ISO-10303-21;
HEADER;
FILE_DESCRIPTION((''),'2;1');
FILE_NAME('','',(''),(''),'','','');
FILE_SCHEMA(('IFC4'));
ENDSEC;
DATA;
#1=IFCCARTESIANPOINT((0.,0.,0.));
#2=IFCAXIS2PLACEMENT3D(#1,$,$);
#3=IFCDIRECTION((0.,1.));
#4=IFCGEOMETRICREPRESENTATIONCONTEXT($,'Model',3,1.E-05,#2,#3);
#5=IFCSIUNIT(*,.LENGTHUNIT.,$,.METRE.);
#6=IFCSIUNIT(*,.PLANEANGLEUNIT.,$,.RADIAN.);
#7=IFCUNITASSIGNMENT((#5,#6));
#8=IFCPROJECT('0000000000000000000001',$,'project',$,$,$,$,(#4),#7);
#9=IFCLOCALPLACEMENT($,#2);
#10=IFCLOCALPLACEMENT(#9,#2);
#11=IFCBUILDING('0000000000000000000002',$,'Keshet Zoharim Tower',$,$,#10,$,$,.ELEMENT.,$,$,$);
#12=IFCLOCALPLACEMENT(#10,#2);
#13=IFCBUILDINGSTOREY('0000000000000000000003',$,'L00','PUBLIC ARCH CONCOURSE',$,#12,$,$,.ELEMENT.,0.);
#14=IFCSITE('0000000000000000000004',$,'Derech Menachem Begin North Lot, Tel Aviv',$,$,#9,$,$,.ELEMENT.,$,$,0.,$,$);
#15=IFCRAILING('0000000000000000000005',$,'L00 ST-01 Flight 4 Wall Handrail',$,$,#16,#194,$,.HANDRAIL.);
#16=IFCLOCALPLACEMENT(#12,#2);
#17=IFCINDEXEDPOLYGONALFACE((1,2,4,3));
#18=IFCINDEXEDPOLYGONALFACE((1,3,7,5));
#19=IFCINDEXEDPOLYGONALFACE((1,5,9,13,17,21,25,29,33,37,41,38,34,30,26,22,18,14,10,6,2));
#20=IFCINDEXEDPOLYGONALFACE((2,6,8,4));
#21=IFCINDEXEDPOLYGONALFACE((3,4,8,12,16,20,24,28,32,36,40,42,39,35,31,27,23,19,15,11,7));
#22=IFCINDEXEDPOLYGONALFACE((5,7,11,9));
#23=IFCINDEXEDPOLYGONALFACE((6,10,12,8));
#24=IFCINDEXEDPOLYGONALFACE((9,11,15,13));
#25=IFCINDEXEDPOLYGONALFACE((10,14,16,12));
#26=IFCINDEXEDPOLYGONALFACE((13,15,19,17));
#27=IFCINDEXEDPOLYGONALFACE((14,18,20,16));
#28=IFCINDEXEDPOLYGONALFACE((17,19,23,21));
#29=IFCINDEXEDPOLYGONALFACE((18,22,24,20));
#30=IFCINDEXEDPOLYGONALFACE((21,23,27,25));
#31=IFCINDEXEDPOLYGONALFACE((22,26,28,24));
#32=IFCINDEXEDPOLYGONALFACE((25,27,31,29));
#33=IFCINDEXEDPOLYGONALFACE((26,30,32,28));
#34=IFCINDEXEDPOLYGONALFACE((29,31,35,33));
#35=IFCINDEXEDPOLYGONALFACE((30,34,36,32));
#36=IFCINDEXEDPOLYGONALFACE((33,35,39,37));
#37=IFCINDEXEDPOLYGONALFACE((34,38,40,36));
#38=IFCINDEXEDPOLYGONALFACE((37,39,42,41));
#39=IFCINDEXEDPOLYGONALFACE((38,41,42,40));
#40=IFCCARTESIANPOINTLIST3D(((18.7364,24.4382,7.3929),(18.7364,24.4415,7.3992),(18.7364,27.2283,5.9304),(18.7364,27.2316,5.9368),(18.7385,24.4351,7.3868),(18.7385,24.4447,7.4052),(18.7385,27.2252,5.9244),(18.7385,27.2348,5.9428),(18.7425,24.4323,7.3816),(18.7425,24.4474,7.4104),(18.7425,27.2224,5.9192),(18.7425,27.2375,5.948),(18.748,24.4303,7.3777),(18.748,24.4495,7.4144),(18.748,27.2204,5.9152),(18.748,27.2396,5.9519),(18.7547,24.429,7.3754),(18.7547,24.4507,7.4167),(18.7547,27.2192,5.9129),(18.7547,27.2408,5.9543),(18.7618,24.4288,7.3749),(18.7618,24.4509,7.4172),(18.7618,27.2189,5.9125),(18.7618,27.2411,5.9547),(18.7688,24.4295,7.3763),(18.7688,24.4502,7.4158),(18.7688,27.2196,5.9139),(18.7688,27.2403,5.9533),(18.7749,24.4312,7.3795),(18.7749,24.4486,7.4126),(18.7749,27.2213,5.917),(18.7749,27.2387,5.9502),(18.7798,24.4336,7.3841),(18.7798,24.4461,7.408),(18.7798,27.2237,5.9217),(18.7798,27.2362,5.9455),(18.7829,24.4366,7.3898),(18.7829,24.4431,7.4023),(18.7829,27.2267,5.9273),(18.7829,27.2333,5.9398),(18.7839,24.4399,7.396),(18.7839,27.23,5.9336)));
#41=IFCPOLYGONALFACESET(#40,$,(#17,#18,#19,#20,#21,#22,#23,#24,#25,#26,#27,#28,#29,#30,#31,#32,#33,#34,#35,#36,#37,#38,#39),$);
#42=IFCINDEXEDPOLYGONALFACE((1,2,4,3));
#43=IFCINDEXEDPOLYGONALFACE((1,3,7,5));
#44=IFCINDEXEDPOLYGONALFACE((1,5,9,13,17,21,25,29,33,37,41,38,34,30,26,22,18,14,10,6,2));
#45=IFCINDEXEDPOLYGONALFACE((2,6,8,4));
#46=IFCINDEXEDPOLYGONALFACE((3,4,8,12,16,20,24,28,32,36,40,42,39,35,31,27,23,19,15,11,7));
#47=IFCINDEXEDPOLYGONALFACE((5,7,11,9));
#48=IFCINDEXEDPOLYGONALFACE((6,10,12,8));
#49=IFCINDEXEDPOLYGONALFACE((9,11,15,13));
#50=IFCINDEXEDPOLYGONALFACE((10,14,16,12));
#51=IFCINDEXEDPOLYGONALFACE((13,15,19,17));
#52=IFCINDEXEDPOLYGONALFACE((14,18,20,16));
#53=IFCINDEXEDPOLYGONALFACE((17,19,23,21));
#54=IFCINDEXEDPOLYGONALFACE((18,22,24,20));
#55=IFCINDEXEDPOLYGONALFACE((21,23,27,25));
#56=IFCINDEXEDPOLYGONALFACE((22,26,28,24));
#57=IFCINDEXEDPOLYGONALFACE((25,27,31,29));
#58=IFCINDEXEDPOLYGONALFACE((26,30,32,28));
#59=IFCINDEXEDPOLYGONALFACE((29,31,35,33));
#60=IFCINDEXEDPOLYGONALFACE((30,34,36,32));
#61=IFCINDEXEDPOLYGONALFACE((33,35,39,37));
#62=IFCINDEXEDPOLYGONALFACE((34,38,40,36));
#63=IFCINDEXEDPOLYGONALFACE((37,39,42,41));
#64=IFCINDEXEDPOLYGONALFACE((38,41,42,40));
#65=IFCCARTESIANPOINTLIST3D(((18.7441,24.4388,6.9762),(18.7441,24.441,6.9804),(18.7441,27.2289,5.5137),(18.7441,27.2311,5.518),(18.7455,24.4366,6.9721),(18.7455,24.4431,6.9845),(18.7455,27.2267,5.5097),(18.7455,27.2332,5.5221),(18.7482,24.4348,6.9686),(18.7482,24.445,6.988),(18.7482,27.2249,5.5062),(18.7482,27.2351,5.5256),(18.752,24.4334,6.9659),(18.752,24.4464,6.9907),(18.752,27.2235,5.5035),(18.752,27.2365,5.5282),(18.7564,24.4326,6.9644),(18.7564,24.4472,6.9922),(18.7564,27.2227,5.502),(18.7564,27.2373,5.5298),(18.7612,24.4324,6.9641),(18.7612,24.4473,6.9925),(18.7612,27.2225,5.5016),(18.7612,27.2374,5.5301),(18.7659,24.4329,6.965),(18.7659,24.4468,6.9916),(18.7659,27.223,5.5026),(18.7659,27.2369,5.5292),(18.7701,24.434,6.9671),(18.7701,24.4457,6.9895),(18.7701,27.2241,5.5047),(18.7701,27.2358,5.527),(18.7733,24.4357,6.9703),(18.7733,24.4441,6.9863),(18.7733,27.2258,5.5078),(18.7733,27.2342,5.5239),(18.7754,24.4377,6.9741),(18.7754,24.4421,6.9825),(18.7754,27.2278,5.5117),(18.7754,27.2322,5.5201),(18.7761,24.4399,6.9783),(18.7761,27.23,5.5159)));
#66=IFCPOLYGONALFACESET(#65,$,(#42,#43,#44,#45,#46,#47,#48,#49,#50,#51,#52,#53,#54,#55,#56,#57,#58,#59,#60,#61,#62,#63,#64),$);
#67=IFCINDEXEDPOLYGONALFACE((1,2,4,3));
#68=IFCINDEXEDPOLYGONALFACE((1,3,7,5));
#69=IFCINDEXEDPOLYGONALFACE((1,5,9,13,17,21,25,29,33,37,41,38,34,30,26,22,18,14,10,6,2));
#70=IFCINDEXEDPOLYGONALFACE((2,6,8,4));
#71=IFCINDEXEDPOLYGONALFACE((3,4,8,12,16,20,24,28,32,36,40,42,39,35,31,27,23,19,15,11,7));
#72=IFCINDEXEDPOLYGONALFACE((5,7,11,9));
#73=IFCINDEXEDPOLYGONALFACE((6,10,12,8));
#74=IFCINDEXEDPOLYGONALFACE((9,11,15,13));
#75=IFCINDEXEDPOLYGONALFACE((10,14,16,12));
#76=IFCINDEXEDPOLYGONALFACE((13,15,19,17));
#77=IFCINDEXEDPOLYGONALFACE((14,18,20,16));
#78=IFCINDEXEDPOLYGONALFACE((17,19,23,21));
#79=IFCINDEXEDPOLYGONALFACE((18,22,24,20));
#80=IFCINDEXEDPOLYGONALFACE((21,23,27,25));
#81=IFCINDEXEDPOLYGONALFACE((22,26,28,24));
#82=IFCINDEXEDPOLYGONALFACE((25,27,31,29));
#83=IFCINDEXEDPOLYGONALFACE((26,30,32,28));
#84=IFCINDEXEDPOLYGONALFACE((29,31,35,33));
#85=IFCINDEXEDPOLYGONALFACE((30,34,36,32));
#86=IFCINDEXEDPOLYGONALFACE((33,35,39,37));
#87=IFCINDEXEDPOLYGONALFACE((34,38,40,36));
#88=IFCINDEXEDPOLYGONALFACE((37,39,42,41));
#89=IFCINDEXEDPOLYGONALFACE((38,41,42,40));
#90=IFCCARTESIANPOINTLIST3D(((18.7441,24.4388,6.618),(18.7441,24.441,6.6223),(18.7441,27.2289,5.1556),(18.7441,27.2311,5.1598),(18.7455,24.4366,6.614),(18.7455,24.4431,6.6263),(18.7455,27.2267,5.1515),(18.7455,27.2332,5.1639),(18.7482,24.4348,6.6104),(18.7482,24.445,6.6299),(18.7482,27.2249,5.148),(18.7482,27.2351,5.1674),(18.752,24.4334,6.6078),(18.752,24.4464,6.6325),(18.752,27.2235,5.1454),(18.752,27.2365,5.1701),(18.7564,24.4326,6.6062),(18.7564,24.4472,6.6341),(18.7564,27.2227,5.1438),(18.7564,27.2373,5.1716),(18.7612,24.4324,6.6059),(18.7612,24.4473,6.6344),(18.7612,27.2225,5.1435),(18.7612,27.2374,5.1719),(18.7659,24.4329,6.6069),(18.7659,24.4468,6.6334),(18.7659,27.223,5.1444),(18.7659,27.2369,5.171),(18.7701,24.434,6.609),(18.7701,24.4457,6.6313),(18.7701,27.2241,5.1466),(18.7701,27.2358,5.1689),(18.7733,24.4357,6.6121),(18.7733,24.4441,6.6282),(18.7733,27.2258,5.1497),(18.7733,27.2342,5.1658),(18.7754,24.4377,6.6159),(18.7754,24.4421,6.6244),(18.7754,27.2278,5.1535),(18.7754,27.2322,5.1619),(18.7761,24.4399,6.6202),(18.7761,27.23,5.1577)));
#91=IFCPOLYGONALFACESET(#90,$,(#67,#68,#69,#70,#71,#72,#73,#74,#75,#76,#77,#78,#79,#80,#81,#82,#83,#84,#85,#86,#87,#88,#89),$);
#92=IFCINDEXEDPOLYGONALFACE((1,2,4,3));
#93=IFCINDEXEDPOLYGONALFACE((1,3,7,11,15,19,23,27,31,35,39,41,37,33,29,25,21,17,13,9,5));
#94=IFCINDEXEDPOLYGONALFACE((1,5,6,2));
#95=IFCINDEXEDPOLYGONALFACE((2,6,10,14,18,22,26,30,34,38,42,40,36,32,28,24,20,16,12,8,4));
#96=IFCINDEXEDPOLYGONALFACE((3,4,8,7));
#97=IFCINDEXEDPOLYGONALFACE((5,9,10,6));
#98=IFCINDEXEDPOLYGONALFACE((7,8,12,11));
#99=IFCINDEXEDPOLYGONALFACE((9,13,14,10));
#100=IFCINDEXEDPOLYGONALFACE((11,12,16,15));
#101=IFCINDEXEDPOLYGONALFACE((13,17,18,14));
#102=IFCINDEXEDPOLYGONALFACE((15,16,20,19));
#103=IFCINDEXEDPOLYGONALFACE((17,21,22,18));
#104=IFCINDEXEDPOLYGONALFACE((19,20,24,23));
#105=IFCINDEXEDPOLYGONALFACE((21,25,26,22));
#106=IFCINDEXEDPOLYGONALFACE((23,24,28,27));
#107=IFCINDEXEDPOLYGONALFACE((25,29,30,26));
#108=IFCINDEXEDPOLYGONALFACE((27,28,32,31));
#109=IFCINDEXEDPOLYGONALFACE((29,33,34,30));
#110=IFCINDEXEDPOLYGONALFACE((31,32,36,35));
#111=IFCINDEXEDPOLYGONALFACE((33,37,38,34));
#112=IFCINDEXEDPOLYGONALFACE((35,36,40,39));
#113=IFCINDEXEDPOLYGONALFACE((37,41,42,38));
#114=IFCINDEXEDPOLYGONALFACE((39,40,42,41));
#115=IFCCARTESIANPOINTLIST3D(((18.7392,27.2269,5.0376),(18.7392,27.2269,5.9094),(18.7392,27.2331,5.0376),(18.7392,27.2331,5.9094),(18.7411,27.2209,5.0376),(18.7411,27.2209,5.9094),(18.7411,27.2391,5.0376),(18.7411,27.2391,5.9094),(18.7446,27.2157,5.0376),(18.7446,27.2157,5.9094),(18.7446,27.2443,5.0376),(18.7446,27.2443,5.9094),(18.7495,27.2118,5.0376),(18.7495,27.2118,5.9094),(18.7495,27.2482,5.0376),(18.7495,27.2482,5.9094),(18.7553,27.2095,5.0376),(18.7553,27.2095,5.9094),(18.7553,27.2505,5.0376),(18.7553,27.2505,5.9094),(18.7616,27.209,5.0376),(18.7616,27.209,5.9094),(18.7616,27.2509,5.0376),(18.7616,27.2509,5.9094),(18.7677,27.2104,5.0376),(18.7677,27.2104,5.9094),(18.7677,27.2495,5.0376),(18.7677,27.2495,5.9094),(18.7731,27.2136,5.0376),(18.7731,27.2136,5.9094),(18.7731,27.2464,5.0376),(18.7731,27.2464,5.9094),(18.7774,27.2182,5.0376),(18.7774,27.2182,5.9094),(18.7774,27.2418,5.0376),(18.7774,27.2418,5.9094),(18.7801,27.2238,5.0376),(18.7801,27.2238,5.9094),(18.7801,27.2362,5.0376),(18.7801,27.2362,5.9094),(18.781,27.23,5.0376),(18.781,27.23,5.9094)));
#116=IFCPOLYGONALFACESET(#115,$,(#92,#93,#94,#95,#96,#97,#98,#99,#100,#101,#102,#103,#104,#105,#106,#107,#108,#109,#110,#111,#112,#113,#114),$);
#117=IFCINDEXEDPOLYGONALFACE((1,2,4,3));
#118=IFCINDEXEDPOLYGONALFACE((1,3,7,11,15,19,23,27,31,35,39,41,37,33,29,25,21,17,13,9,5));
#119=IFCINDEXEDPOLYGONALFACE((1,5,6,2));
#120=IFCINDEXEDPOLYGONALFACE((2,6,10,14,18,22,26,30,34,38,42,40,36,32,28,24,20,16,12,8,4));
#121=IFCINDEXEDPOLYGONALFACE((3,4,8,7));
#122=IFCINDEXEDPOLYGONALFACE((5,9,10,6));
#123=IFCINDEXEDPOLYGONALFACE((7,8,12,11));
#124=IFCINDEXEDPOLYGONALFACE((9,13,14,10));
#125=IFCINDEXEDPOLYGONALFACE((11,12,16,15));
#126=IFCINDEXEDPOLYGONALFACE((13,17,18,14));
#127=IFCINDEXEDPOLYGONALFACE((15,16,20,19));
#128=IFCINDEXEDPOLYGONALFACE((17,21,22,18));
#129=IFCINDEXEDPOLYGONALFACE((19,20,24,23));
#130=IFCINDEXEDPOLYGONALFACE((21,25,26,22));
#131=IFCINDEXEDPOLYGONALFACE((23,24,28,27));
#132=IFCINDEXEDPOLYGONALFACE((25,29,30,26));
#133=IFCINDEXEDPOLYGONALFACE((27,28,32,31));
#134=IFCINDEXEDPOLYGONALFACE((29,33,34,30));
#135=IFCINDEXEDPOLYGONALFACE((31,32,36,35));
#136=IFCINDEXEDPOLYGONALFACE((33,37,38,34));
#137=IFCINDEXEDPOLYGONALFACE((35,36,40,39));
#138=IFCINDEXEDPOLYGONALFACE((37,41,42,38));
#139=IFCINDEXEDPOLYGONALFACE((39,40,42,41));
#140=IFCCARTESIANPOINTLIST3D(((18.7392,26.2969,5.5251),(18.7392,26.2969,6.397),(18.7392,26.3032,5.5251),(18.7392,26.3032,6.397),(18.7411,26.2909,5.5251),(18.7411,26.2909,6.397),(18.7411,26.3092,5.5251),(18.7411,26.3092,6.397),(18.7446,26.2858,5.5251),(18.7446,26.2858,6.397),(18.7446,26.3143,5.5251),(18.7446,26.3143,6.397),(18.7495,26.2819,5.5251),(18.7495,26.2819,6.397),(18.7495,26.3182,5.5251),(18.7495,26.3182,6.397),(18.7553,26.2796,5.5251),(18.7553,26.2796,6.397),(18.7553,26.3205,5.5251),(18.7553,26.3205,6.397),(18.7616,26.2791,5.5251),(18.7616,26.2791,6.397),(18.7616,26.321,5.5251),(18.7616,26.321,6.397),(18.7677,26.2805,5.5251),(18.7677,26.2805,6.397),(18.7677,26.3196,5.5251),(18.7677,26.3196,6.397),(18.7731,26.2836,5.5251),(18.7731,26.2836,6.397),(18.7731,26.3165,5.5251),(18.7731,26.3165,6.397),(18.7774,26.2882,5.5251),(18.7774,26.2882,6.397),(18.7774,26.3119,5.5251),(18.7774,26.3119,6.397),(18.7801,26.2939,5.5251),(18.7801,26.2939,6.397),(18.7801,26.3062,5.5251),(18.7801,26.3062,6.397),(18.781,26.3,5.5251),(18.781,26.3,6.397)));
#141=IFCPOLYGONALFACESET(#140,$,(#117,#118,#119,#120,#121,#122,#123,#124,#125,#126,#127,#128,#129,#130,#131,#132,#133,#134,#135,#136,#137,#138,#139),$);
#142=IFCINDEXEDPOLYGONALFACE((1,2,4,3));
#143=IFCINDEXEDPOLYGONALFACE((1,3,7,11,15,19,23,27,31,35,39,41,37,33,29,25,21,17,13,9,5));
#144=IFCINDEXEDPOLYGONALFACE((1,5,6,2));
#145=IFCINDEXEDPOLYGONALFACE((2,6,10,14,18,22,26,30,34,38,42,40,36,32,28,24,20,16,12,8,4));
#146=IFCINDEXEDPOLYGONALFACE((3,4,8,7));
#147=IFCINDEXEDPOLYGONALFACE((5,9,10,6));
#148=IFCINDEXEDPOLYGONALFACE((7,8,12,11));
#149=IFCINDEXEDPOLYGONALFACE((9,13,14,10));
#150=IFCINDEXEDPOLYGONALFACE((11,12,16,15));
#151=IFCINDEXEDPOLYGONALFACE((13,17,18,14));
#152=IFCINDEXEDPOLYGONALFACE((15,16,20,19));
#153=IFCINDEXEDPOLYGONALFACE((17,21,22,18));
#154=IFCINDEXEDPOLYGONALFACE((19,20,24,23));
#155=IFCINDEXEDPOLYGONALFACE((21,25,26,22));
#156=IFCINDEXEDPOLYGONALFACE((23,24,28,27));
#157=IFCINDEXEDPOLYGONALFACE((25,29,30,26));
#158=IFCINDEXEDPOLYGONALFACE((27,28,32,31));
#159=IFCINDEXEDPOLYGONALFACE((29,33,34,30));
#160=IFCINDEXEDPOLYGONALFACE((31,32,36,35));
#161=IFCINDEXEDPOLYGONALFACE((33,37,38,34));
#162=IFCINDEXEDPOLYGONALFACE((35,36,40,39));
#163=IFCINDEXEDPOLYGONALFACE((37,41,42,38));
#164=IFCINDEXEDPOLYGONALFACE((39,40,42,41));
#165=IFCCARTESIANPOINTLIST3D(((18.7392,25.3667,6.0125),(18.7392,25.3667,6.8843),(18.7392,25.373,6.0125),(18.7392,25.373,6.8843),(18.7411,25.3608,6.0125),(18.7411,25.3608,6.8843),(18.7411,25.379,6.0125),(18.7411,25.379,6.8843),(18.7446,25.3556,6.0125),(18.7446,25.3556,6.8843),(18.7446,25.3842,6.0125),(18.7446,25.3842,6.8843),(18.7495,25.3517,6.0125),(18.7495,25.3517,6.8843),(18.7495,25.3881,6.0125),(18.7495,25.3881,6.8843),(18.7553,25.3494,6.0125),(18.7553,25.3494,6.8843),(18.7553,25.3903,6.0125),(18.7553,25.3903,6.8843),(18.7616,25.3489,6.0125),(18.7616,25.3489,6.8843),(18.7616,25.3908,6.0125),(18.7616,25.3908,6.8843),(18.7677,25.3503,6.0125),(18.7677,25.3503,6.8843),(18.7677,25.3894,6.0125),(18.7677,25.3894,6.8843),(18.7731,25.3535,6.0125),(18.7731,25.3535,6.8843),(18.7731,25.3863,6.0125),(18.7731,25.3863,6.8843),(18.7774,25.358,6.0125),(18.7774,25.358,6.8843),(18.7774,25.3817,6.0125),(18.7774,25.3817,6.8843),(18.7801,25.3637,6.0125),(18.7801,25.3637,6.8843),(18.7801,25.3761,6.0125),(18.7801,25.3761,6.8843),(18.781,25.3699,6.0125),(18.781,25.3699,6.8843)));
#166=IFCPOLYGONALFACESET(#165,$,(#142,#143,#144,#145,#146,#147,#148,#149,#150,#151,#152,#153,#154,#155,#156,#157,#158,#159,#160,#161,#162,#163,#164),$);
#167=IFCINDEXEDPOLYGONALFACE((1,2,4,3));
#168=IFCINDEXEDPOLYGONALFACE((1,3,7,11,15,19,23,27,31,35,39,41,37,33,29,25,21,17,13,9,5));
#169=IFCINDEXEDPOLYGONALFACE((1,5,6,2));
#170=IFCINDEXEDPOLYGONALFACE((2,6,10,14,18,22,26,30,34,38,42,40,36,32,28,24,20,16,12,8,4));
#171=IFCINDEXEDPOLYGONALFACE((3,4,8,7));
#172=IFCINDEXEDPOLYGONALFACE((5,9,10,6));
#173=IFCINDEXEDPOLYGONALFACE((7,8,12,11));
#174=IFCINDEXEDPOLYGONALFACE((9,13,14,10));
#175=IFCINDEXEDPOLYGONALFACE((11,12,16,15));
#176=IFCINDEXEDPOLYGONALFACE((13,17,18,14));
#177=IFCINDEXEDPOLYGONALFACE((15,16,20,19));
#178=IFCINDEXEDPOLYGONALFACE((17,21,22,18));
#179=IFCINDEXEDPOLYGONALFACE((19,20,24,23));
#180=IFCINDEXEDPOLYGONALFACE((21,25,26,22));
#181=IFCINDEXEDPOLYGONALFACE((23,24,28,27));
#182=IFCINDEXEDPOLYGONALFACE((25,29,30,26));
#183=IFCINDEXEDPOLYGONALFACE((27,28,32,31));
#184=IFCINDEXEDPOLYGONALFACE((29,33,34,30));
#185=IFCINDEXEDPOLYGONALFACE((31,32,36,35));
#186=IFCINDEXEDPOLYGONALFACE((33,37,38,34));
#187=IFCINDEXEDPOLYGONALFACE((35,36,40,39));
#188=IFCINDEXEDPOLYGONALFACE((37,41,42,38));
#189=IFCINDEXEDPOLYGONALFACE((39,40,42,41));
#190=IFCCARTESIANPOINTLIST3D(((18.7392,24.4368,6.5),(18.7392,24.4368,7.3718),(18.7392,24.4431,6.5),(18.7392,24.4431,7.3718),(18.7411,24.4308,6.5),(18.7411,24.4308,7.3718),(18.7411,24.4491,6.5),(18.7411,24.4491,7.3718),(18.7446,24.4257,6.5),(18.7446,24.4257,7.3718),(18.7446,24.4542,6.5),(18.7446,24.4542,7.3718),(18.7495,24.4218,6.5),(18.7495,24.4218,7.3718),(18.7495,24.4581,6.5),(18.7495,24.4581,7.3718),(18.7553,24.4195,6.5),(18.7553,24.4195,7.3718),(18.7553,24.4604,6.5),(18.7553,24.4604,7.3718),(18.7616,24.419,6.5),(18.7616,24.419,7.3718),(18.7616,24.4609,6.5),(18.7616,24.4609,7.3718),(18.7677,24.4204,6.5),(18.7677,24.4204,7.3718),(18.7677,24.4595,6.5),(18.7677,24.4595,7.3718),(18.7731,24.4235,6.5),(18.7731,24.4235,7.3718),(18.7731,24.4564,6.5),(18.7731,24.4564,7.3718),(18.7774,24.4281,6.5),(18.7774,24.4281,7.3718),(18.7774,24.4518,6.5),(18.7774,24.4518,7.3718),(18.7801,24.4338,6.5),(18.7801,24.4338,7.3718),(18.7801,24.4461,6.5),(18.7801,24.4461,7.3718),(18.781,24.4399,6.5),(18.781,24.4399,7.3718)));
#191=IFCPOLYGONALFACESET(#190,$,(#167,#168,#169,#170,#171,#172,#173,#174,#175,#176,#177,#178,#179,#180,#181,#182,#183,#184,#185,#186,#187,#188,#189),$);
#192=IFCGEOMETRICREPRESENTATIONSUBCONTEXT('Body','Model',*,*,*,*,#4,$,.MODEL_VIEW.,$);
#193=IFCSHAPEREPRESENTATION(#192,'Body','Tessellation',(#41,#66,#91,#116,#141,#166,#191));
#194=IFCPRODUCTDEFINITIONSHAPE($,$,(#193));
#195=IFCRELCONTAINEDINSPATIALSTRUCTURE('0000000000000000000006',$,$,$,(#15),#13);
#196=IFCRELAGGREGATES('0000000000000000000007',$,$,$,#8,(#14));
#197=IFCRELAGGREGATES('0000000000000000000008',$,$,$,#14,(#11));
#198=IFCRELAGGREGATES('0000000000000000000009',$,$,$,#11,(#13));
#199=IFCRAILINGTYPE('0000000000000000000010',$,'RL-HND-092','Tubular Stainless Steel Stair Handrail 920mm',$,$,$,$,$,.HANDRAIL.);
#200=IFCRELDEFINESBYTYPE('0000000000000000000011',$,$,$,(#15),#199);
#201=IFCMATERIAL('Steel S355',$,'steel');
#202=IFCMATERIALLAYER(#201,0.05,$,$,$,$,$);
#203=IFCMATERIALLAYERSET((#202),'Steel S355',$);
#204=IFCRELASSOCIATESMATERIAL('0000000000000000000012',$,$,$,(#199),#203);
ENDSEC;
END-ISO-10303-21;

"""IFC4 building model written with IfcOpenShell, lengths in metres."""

from ifc_helpers import new_model, si_unit, direction, frame, origin, origin_2d, place, context, subcontext, project, spatial, circle, extrude, material, layer, layer_set, type_object, element, save


model = new_model("IFC4")

# Units and contexts
model_context = context("Model", 3, precision=1e-05, world=origin(), true_north=direction((0.0, 1.0)))
body_context = subcontext(model_context, "Body", "Model", "MODEL_VIEW")
ifc_project = project(units=[si_unit("LENGTHUNIT", "METRE"), si_unit("PLANEANGLEUNIT", "RADIAN")], contexts=[model_context])

# Site, building, storey
site_placement = place(None, origin())
site = spatial("IfcSite", under=ifc_project, at=site_placement, Name="Derech Menachem Begin North Lot, Tel Aviv", CompositionType="ELEMENT", RefElevation=0.0)
building_placement = place(site_placement, origin())
building = spatial("IfcBuilding", under=site, at=building_placement, Name="Keshet Zoharim Tower", CompositionType="ELEMENT")
storey_placement = place(building_placement, origin())
storey = spatial("IfcBuildingStorey", under=building, at=storey_placement, Name="L00", Description="PUBLIC ARCH CONCOURSE", CompositionType="ELEMENT", Elevation=0.0)

# Shared definitions
ifc_material_1 = material(Name="Steel S355", Category="steel")

# Railing
ifc_layer_1 = layer(ifc_material_1, 0.05)
ifc_layer_set_1 = layer_set([ifc_layer_1], Name="Steel S355")
railing_type_1 = type_object("IfcRailingType", Name="RL-HND-092", Description="Tubular Stainless Steel Stair Handrail 920mm", PredefinedType="HANDRAIL", material=ifc_layer_set_1)
for number, where, name in (
    (1, (18.76, 27.23, 5.0376), "L00 ST-01 Flight 4 Wall Handrail"),
):
    element("IfcRailing", number, at=place(storey_placement, frame(where)), inside=storey, type_object=railing_type_1, Name=name, PredefinedType="HANDRAIL", context=body_context, shape_type="SweptSolid", body=[
        extrude(circle(Radius=0.0239, at=origin_2d()), frame((0.0, 0.0, 0.896), z_axis=(0.0, -0.885707, 0.464244), x_axis=(1.0, 0.0, 0.0)), (0.0, 0.0, 1.0), 3.1501),
        extrude(circle(Radius=0.0161, at=origin_2d()), frame((0.0, 0.0, 0.4783), z_axis=(0.0, -0.885707, 0.464244), x_axis=(1.0, 0.0, 0.0)), (0.0, 0.0, 1.0), 3.1501),
        extrude(circle(Radius=0.0161, at=origin_2d()), frame((0.0, 0.0, 0.1201), z_axis=(0.0, -0.885707, 0.464244), x_axis=(1.0, 0.0, 0.0)), (0.0, 0.0, 1.0), 3.1501),
        extrude(circle(Radius=0.021, at=origin_2d()), origin(), (0.0, 0.0, 1.0), 0.8718),
        extrude(circle(Radius=0.021, at=origin_2d()), frame((0.0, -0.9299, 0.4875)), (0.0, 0.0, 1.0), 0.8718),
        extrude(circle(Radius=0.021, at=origin_2d()), frame((0.0, -1.8601, 0.9749)), (0.0, 0.0, 1.0), 0.8718),
        extrude(circle(Radius=0.021, at=origin_2d()), frame((0.0, -2.79, 1.4624)), (0.0, 0.0, 1.0), 0.8718),
    ])

save(model, "model.ifc")
